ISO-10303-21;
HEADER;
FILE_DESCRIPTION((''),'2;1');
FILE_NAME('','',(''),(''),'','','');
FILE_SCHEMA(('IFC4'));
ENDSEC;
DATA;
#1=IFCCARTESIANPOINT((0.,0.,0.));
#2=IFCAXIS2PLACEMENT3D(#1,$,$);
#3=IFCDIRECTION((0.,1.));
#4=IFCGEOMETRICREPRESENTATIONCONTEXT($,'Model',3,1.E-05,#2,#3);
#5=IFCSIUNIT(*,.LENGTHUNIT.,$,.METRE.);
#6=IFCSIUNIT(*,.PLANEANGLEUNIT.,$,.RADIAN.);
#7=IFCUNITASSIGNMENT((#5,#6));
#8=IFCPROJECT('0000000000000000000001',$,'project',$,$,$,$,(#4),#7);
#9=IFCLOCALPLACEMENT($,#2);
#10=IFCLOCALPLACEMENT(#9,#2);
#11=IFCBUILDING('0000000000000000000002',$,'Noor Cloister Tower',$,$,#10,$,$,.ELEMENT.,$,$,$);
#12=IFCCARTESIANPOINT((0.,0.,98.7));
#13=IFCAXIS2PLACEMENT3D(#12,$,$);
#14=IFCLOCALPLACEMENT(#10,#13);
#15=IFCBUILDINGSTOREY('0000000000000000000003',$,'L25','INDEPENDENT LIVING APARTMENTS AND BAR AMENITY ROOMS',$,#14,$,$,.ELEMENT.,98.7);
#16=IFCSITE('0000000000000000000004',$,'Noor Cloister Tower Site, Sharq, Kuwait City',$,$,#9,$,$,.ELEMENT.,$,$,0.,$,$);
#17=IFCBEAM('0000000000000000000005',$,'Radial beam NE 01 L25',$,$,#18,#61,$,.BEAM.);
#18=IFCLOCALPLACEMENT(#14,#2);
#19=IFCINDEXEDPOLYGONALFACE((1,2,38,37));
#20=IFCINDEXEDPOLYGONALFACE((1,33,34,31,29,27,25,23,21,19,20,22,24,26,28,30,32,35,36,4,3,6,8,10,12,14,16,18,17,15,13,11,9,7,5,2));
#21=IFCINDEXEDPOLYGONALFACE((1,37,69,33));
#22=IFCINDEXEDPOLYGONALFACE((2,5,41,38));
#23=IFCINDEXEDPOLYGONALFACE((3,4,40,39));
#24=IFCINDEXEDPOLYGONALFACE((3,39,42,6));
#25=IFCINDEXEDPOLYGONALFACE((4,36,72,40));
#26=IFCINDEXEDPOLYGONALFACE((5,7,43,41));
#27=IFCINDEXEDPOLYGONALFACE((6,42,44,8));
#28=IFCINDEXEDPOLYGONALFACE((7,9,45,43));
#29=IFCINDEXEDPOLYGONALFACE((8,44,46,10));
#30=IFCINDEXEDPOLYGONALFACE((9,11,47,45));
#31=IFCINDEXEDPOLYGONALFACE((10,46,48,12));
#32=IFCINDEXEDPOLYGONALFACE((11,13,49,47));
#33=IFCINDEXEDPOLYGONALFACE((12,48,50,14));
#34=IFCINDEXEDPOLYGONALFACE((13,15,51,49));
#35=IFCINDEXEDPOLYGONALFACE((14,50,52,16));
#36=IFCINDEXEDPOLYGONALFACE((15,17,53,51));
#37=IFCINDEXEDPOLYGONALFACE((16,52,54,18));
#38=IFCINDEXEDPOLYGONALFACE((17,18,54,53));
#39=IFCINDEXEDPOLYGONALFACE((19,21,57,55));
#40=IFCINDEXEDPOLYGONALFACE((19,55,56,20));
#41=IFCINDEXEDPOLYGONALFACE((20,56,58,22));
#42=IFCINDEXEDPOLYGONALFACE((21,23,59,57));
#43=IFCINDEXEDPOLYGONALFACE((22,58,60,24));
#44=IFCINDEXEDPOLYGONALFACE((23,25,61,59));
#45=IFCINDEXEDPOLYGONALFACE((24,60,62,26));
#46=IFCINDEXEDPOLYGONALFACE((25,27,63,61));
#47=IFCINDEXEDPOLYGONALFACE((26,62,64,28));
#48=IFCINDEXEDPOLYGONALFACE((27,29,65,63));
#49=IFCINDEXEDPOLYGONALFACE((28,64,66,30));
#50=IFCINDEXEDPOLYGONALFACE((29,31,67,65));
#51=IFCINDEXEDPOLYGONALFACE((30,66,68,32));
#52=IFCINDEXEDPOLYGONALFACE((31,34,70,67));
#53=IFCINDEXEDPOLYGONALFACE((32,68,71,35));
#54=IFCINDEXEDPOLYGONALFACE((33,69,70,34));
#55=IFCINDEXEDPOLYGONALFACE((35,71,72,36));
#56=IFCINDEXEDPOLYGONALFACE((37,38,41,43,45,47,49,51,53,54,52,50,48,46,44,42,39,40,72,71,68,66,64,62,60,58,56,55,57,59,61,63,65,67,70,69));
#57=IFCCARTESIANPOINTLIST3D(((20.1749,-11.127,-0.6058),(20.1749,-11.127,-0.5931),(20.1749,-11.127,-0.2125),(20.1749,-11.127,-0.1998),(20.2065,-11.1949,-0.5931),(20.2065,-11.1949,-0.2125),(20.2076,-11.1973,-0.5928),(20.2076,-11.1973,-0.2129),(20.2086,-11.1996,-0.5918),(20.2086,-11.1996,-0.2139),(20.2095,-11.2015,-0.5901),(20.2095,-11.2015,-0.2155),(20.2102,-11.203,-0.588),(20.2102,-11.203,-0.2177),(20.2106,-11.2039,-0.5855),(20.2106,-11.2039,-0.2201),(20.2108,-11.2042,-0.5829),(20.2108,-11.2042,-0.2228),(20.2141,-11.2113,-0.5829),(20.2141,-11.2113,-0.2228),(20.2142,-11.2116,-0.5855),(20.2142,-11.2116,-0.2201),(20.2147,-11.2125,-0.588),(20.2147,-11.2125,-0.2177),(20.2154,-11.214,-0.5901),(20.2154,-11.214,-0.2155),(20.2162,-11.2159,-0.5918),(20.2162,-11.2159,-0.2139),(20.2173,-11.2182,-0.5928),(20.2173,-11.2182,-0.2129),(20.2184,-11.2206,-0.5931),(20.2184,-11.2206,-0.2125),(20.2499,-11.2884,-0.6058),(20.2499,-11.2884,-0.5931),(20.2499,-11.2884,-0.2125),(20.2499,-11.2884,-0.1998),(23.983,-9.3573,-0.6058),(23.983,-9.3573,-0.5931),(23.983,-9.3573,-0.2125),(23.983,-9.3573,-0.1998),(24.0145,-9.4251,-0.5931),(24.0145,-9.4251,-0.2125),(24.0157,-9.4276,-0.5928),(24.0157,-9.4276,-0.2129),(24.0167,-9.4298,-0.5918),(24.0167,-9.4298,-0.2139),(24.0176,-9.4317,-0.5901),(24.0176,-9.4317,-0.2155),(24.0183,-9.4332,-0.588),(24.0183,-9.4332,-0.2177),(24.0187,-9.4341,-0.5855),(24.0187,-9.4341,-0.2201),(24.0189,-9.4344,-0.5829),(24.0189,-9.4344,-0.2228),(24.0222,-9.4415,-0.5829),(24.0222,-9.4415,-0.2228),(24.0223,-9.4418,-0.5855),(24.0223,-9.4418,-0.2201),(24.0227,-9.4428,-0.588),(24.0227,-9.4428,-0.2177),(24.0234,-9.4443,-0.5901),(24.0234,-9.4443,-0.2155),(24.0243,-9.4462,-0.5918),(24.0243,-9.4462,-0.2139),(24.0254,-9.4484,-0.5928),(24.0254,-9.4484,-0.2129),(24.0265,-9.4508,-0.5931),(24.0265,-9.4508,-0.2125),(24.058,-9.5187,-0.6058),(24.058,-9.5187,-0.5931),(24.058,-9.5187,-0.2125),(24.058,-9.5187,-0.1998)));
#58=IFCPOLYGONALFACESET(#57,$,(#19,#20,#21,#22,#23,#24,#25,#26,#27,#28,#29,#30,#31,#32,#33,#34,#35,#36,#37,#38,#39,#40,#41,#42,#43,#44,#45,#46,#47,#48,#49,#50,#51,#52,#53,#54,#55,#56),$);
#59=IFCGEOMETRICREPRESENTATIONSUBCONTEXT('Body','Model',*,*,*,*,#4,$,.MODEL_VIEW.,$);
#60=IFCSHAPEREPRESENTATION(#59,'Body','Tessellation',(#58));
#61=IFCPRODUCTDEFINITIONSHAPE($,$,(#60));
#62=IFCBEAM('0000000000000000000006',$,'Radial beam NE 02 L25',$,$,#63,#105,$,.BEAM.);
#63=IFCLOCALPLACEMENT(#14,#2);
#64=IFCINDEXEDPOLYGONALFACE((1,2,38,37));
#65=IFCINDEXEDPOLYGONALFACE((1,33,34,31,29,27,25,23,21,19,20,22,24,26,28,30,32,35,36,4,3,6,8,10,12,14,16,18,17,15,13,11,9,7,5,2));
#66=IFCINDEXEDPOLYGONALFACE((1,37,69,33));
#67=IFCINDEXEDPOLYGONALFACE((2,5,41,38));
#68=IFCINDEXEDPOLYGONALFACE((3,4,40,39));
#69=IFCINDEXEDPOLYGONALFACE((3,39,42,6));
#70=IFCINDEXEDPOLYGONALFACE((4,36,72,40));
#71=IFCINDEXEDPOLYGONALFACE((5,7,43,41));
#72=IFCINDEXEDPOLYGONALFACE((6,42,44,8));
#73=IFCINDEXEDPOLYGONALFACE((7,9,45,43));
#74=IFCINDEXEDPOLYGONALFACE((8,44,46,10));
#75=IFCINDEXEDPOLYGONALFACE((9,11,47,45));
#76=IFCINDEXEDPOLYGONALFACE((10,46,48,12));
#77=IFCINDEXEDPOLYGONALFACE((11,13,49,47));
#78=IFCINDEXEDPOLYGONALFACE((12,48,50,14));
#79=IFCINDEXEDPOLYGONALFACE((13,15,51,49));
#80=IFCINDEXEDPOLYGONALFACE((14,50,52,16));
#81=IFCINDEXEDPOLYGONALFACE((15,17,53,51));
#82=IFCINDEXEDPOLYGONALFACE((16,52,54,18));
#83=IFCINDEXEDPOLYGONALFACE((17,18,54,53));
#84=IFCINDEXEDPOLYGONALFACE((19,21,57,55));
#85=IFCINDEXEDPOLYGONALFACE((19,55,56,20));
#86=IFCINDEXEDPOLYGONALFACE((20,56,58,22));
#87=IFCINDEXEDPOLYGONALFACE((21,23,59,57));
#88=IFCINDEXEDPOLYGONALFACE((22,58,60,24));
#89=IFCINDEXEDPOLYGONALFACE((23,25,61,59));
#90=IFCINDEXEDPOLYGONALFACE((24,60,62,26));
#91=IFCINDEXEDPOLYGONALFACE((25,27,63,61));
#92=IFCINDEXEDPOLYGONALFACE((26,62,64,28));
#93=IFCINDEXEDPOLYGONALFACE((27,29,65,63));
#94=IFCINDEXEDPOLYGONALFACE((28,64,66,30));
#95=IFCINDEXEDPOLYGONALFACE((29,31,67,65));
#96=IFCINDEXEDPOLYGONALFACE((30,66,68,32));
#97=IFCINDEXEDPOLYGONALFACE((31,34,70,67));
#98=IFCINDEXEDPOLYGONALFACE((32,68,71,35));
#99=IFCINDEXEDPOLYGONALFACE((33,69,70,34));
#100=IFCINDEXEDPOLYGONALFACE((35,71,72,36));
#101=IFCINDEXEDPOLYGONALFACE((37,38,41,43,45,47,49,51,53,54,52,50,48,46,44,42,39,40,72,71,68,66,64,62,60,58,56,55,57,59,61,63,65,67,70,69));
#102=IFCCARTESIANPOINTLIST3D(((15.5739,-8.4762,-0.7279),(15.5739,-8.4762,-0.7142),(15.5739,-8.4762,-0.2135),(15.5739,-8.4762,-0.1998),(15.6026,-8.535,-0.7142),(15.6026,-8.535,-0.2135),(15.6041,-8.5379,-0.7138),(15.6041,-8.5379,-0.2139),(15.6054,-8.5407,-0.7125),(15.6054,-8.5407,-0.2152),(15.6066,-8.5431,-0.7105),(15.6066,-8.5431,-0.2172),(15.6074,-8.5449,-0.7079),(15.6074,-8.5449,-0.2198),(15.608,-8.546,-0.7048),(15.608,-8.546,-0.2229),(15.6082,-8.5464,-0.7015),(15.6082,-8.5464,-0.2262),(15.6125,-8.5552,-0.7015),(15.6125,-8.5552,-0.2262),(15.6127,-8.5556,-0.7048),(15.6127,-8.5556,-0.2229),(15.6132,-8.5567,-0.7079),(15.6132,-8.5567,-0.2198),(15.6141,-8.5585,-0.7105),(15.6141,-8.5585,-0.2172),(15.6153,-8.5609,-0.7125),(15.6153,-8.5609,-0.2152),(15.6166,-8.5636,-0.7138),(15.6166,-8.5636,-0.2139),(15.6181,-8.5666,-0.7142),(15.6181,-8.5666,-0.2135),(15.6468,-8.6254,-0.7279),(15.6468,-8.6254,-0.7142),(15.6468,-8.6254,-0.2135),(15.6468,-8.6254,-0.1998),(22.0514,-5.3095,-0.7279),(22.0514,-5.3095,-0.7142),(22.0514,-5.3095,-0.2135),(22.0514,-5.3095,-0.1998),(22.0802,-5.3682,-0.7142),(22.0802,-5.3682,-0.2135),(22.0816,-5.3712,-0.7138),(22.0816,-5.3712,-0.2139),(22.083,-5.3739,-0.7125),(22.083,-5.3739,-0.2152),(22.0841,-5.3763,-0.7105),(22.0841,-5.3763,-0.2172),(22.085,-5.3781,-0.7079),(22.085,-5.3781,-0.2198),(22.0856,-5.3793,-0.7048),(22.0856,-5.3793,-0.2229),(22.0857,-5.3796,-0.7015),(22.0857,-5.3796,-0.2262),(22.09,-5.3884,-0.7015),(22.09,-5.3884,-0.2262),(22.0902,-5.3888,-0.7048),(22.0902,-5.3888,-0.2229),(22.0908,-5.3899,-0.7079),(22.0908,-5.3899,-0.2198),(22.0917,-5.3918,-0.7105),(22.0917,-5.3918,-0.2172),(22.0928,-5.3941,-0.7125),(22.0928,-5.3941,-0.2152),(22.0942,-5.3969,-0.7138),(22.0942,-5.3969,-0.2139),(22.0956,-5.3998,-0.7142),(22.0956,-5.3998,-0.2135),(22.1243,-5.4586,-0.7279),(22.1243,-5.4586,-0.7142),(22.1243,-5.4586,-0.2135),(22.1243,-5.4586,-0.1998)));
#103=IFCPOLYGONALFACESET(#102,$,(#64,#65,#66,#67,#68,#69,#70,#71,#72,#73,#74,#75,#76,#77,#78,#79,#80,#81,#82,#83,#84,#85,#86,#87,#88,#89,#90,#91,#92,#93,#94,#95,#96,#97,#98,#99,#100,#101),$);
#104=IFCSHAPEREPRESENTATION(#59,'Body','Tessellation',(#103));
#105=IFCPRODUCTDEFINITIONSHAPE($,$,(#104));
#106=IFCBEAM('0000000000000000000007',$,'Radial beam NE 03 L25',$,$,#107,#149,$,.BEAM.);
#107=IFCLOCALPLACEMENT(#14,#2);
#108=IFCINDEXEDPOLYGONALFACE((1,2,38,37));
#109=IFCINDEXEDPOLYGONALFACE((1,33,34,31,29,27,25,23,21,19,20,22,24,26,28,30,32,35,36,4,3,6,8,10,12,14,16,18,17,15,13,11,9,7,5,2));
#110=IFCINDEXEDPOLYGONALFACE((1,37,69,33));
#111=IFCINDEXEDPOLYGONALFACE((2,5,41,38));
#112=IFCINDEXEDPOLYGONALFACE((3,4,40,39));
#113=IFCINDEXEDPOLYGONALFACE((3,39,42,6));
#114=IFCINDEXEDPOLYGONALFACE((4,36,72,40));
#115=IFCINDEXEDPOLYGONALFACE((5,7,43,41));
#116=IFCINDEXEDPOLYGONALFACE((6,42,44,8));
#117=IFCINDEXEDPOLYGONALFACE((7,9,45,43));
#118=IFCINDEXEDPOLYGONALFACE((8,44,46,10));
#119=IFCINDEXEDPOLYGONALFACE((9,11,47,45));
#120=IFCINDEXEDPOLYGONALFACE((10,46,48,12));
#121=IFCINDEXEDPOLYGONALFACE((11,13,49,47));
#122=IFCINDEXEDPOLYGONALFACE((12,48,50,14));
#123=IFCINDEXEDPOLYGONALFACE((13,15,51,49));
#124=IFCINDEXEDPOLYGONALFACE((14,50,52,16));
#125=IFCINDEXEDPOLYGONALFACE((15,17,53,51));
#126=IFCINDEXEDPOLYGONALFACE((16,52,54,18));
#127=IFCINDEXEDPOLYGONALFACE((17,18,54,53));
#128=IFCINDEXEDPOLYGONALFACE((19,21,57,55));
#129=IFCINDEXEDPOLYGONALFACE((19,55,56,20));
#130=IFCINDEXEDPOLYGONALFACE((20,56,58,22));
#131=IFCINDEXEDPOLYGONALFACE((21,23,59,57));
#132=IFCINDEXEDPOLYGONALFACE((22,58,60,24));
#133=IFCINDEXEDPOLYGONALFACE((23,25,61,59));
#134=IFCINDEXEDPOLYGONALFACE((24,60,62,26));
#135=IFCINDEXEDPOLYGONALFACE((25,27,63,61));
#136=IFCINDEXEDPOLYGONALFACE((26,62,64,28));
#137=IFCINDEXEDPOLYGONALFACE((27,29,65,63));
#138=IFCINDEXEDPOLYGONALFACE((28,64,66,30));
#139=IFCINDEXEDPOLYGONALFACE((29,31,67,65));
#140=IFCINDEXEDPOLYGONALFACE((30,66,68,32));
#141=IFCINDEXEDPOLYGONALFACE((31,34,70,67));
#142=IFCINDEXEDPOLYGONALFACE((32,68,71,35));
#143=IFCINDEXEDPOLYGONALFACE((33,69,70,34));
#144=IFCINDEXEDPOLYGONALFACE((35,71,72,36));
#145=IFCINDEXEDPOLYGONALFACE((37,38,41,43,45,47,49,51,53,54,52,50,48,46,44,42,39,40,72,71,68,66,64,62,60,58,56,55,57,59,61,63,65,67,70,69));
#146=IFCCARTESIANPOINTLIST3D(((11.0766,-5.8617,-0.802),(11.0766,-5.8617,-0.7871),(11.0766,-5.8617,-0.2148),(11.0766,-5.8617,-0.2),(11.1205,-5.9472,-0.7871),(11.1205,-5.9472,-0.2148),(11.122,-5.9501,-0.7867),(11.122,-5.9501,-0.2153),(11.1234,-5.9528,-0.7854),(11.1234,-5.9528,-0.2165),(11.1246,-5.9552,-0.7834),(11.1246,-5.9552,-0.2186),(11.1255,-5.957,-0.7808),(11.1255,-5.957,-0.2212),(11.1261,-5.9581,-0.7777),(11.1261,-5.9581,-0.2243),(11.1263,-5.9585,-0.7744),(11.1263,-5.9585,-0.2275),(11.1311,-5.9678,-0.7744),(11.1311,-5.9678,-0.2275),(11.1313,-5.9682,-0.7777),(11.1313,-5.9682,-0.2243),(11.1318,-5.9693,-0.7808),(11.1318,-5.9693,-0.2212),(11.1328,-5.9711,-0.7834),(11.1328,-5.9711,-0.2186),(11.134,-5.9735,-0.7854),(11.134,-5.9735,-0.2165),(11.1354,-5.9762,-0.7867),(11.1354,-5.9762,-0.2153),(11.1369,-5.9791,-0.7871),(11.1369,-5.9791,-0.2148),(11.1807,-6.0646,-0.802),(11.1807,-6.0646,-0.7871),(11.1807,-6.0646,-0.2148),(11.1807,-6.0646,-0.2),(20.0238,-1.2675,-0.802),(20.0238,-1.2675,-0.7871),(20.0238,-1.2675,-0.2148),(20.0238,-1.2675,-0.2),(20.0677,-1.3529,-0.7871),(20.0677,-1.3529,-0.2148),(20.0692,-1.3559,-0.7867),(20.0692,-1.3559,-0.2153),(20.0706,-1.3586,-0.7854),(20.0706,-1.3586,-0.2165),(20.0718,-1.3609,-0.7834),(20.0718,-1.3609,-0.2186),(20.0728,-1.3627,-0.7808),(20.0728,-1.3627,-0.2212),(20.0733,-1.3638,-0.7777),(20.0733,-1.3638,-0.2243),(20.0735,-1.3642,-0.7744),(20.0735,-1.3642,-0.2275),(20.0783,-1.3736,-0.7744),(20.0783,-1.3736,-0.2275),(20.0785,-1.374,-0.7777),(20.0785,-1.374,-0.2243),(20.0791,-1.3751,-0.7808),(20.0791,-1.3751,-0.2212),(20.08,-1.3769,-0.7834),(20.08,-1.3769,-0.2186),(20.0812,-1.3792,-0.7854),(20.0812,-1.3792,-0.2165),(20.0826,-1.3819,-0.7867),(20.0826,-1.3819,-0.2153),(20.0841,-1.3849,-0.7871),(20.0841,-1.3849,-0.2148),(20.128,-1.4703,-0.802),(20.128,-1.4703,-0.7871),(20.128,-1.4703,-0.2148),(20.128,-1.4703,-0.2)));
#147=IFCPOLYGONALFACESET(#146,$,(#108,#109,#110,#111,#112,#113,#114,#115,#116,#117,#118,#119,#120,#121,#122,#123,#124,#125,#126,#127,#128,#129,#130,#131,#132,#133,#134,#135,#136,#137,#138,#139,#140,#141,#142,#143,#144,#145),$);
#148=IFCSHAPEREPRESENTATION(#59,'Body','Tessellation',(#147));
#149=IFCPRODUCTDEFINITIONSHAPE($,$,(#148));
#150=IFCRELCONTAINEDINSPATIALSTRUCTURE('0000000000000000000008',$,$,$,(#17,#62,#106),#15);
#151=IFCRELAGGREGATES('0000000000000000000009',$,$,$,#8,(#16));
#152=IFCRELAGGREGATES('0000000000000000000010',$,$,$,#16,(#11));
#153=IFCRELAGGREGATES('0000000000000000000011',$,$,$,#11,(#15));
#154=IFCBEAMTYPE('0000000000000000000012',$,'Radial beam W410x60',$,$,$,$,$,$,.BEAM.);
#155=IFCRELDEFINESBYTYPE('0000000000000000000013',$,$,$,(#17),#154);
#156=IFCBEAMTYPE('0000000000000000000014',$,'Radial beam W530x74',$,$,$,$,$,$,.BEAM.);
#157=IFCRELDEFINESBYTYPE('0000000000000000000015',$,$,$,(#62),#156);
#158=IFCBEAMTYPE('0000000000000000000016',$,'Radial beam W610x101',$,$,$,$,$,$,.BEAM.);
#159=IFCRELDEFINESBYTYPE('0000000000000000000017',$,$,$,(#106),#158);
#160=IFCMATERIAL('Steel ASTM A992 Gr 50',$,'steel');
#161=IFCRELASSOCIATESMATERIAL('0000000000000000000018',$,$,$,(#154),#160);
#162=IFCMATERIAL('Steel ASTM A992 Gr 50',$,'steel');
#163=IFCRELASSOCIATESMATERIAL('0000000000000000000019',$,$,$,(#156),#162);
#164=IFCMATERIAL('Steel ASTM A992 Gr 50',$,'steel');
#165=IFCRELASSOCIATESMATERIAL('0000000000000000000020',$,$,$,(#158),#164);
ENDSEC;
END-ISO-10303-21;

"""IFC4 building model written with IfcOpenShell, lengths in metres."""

from ifc_helpers import new_model, si_unit, direction, frame, origin, origin_2d, place, context, subcontext, project, spatial, i_section, extrude, material, material_profile, profile_set, type_object, element, save


model = new_model("IFC4")

# Units and contexts
model_context = context("Model", 3, precision=1e-05, world=origin(), true_north=direction((0.0, 1.0)))
body_context = subcontext(model_context, "Body", "Model", "MODEL_VIEW")
ifc_project = project(units=[si_unit("LENGTHUNIT", "METRE"), si_unit("PLANEANGLEUNIT", "RADIAN")], contexts=[model_context])

# Site, building, storey
site_placement = place(None, origin())
site = spatial("IfcSite", under=ifc_project, at=site_placement, Name="Noor Cloister Tower Site, Sharq, Kuwait City", CompositionType="ELEMENT", RefElevation=0.0)
building_placement = place(site_placement, origin())
building = spatial("IfcBuilding", under=site, at=building_placement, Name="Noor Cloister Tower", CompositionType="ELEMENT")
storey_placement = place(building_placement, frame((0.0, 0.0, 98.7)))
storey = spatial("IfcBuildingStorey", under=building, at=storey_placement, Name="L25", Description="INDEPENDENT LIVING APARTMENTS AND BAR AMENITY ROOMS", CompositionType="ELEMENT", Elevation=98.7)

# Beams
ifc_material_1 = material(Name="Steel ASTM A992 Gr 50", Category="steel")
ifc_material_profile_1 = material_profile(ifc_material_1, i_section(OverallWidth=0.178, OverallDepth=0.406, WebThickness=0.0078, FlangeThickness=0.0127, FilletRadius=0.0103, at=origin_2d()), Name="W410x60")
ifc_profile_set_1 = profile_set([ifc_material_profile_1], Name="Steel ASTM A992 Gr 50")
beam_type_1 = type_object("IfcBeamType", Name="Radial beam W410x60", PredefinedType="BEAM", material=ifc_profile_set_1)
beam_1_placement = place(storey_placement, frame((24.0205, -9.438, -0.4028), z_axis=(-0.906852, -0.421449, 0.0), x_axis=(0.421449, -0.906852, 0.0)))
element("IfcBeam", 1, at=beam_1_placement, inside=storey, type_object=beam_type_1, Name="Radial beam NE 01 L25", PredefinedType="BEAM", context=body_context, shape_type="SweptSolid", body=[
    extrude(i_section(OverallWidth=0.178, OverallDepth=0.406, WebThickness=0.0078, FlangeThickness=0.0127, FilletRadius=0.0103, at=origin_2d()), origin(), (0.0, 0.0, 1.0), 4.1992),
])
ifc_material_2 = material(Name="Steel ASTM A992 Gr 50", Category="steel")
ifc_material_profile_2 = material_profile(ifc_material_2, i_section(OverallWidth=0.166, OverallDepth=0.5281, WebThickness=0.0098, FlangeThickness=0.0137, FilletRadius=0.0127, at=origin_2d()), Name="W530x74")
ifc_profile_set_2 = profile_set([ifc_material_profile_2], Name="Steel ASTM A992 Gr 50")
beam_type_2 = type_object("IfcBeamType", Name="Radial beam W530x74", PredefinedType="BEAM", material=ifc_profile_set_2)
beam_2_placement = place(storey_placement, frame((22.0879, -5.384, -0.4639), z_axis=(-0.898387, -0.439205, 0.0), x_axis=(0.439205, -0.898387, 0.0)))
element("IfcBeam", 2, at=beam_2_placement, inside=storey, type_object=beam_type_2, Name="Radial beam NE 02 L25", PredefinedType="BEAM", context=body_context, shape_type="SweptSolid", body=[
    extrude(i_section(OverallWidth=0.166, OverallDepth=0.5281, WebThickness=0.0098, FlangeThickness=0.0137, FilletRadius=0.0127, at=origin_2d()), origin(), (0.0, 0.0, 1.0), 7.2102),
])
ifc_material_3 = material(Name="Steel ASTM A992 Gr 50", Category="steel")
ifc_material_profile_3 = material_profile(ifc_material_3, i_section(OverallWidth=0.228, OverallDepth=0.6021, WebThickness=0.0105, FlangeThickness=0.0149, FilletRadius=0.0127, at=origin_2d()), Name="W610x101")
ifc_profile_set_3 = profile_set([ifc_material_profile_3], Name="Steel ASTM A992 Gr 50")
beam_type_3 = type_object("IfcBeamType", Name="Radial beam W610x101", PredefinedType="BEAM", material=ifc_profile_set_3)
beam_3_placement = place(storey_placement, frame((20.0759, -1.3689, -0.501), z_axis=(-0.889579, -0.456781, 0.0), x_axis=(0.456781, -0.889579, 0.0)))
element("IfcBeam", 3, at=beam_3_placement, inside=storey, type_object=beam_type_3, Name="Radial beam NE 03 L25", PredefinedType="BEAM", context=body_context, shape_type="SweptSolid", body=[
    extrude(i_section(OverallWidth=0.228, OverallDepth=0.6021, WebThickness=0.0105, FlangeThickness=0.0149, FilletRadius=0.0127, at=origin_2d()), origin(), (0.0, 0.0, 1.0), 10.0579),
])

save(model, "model.ifc")
